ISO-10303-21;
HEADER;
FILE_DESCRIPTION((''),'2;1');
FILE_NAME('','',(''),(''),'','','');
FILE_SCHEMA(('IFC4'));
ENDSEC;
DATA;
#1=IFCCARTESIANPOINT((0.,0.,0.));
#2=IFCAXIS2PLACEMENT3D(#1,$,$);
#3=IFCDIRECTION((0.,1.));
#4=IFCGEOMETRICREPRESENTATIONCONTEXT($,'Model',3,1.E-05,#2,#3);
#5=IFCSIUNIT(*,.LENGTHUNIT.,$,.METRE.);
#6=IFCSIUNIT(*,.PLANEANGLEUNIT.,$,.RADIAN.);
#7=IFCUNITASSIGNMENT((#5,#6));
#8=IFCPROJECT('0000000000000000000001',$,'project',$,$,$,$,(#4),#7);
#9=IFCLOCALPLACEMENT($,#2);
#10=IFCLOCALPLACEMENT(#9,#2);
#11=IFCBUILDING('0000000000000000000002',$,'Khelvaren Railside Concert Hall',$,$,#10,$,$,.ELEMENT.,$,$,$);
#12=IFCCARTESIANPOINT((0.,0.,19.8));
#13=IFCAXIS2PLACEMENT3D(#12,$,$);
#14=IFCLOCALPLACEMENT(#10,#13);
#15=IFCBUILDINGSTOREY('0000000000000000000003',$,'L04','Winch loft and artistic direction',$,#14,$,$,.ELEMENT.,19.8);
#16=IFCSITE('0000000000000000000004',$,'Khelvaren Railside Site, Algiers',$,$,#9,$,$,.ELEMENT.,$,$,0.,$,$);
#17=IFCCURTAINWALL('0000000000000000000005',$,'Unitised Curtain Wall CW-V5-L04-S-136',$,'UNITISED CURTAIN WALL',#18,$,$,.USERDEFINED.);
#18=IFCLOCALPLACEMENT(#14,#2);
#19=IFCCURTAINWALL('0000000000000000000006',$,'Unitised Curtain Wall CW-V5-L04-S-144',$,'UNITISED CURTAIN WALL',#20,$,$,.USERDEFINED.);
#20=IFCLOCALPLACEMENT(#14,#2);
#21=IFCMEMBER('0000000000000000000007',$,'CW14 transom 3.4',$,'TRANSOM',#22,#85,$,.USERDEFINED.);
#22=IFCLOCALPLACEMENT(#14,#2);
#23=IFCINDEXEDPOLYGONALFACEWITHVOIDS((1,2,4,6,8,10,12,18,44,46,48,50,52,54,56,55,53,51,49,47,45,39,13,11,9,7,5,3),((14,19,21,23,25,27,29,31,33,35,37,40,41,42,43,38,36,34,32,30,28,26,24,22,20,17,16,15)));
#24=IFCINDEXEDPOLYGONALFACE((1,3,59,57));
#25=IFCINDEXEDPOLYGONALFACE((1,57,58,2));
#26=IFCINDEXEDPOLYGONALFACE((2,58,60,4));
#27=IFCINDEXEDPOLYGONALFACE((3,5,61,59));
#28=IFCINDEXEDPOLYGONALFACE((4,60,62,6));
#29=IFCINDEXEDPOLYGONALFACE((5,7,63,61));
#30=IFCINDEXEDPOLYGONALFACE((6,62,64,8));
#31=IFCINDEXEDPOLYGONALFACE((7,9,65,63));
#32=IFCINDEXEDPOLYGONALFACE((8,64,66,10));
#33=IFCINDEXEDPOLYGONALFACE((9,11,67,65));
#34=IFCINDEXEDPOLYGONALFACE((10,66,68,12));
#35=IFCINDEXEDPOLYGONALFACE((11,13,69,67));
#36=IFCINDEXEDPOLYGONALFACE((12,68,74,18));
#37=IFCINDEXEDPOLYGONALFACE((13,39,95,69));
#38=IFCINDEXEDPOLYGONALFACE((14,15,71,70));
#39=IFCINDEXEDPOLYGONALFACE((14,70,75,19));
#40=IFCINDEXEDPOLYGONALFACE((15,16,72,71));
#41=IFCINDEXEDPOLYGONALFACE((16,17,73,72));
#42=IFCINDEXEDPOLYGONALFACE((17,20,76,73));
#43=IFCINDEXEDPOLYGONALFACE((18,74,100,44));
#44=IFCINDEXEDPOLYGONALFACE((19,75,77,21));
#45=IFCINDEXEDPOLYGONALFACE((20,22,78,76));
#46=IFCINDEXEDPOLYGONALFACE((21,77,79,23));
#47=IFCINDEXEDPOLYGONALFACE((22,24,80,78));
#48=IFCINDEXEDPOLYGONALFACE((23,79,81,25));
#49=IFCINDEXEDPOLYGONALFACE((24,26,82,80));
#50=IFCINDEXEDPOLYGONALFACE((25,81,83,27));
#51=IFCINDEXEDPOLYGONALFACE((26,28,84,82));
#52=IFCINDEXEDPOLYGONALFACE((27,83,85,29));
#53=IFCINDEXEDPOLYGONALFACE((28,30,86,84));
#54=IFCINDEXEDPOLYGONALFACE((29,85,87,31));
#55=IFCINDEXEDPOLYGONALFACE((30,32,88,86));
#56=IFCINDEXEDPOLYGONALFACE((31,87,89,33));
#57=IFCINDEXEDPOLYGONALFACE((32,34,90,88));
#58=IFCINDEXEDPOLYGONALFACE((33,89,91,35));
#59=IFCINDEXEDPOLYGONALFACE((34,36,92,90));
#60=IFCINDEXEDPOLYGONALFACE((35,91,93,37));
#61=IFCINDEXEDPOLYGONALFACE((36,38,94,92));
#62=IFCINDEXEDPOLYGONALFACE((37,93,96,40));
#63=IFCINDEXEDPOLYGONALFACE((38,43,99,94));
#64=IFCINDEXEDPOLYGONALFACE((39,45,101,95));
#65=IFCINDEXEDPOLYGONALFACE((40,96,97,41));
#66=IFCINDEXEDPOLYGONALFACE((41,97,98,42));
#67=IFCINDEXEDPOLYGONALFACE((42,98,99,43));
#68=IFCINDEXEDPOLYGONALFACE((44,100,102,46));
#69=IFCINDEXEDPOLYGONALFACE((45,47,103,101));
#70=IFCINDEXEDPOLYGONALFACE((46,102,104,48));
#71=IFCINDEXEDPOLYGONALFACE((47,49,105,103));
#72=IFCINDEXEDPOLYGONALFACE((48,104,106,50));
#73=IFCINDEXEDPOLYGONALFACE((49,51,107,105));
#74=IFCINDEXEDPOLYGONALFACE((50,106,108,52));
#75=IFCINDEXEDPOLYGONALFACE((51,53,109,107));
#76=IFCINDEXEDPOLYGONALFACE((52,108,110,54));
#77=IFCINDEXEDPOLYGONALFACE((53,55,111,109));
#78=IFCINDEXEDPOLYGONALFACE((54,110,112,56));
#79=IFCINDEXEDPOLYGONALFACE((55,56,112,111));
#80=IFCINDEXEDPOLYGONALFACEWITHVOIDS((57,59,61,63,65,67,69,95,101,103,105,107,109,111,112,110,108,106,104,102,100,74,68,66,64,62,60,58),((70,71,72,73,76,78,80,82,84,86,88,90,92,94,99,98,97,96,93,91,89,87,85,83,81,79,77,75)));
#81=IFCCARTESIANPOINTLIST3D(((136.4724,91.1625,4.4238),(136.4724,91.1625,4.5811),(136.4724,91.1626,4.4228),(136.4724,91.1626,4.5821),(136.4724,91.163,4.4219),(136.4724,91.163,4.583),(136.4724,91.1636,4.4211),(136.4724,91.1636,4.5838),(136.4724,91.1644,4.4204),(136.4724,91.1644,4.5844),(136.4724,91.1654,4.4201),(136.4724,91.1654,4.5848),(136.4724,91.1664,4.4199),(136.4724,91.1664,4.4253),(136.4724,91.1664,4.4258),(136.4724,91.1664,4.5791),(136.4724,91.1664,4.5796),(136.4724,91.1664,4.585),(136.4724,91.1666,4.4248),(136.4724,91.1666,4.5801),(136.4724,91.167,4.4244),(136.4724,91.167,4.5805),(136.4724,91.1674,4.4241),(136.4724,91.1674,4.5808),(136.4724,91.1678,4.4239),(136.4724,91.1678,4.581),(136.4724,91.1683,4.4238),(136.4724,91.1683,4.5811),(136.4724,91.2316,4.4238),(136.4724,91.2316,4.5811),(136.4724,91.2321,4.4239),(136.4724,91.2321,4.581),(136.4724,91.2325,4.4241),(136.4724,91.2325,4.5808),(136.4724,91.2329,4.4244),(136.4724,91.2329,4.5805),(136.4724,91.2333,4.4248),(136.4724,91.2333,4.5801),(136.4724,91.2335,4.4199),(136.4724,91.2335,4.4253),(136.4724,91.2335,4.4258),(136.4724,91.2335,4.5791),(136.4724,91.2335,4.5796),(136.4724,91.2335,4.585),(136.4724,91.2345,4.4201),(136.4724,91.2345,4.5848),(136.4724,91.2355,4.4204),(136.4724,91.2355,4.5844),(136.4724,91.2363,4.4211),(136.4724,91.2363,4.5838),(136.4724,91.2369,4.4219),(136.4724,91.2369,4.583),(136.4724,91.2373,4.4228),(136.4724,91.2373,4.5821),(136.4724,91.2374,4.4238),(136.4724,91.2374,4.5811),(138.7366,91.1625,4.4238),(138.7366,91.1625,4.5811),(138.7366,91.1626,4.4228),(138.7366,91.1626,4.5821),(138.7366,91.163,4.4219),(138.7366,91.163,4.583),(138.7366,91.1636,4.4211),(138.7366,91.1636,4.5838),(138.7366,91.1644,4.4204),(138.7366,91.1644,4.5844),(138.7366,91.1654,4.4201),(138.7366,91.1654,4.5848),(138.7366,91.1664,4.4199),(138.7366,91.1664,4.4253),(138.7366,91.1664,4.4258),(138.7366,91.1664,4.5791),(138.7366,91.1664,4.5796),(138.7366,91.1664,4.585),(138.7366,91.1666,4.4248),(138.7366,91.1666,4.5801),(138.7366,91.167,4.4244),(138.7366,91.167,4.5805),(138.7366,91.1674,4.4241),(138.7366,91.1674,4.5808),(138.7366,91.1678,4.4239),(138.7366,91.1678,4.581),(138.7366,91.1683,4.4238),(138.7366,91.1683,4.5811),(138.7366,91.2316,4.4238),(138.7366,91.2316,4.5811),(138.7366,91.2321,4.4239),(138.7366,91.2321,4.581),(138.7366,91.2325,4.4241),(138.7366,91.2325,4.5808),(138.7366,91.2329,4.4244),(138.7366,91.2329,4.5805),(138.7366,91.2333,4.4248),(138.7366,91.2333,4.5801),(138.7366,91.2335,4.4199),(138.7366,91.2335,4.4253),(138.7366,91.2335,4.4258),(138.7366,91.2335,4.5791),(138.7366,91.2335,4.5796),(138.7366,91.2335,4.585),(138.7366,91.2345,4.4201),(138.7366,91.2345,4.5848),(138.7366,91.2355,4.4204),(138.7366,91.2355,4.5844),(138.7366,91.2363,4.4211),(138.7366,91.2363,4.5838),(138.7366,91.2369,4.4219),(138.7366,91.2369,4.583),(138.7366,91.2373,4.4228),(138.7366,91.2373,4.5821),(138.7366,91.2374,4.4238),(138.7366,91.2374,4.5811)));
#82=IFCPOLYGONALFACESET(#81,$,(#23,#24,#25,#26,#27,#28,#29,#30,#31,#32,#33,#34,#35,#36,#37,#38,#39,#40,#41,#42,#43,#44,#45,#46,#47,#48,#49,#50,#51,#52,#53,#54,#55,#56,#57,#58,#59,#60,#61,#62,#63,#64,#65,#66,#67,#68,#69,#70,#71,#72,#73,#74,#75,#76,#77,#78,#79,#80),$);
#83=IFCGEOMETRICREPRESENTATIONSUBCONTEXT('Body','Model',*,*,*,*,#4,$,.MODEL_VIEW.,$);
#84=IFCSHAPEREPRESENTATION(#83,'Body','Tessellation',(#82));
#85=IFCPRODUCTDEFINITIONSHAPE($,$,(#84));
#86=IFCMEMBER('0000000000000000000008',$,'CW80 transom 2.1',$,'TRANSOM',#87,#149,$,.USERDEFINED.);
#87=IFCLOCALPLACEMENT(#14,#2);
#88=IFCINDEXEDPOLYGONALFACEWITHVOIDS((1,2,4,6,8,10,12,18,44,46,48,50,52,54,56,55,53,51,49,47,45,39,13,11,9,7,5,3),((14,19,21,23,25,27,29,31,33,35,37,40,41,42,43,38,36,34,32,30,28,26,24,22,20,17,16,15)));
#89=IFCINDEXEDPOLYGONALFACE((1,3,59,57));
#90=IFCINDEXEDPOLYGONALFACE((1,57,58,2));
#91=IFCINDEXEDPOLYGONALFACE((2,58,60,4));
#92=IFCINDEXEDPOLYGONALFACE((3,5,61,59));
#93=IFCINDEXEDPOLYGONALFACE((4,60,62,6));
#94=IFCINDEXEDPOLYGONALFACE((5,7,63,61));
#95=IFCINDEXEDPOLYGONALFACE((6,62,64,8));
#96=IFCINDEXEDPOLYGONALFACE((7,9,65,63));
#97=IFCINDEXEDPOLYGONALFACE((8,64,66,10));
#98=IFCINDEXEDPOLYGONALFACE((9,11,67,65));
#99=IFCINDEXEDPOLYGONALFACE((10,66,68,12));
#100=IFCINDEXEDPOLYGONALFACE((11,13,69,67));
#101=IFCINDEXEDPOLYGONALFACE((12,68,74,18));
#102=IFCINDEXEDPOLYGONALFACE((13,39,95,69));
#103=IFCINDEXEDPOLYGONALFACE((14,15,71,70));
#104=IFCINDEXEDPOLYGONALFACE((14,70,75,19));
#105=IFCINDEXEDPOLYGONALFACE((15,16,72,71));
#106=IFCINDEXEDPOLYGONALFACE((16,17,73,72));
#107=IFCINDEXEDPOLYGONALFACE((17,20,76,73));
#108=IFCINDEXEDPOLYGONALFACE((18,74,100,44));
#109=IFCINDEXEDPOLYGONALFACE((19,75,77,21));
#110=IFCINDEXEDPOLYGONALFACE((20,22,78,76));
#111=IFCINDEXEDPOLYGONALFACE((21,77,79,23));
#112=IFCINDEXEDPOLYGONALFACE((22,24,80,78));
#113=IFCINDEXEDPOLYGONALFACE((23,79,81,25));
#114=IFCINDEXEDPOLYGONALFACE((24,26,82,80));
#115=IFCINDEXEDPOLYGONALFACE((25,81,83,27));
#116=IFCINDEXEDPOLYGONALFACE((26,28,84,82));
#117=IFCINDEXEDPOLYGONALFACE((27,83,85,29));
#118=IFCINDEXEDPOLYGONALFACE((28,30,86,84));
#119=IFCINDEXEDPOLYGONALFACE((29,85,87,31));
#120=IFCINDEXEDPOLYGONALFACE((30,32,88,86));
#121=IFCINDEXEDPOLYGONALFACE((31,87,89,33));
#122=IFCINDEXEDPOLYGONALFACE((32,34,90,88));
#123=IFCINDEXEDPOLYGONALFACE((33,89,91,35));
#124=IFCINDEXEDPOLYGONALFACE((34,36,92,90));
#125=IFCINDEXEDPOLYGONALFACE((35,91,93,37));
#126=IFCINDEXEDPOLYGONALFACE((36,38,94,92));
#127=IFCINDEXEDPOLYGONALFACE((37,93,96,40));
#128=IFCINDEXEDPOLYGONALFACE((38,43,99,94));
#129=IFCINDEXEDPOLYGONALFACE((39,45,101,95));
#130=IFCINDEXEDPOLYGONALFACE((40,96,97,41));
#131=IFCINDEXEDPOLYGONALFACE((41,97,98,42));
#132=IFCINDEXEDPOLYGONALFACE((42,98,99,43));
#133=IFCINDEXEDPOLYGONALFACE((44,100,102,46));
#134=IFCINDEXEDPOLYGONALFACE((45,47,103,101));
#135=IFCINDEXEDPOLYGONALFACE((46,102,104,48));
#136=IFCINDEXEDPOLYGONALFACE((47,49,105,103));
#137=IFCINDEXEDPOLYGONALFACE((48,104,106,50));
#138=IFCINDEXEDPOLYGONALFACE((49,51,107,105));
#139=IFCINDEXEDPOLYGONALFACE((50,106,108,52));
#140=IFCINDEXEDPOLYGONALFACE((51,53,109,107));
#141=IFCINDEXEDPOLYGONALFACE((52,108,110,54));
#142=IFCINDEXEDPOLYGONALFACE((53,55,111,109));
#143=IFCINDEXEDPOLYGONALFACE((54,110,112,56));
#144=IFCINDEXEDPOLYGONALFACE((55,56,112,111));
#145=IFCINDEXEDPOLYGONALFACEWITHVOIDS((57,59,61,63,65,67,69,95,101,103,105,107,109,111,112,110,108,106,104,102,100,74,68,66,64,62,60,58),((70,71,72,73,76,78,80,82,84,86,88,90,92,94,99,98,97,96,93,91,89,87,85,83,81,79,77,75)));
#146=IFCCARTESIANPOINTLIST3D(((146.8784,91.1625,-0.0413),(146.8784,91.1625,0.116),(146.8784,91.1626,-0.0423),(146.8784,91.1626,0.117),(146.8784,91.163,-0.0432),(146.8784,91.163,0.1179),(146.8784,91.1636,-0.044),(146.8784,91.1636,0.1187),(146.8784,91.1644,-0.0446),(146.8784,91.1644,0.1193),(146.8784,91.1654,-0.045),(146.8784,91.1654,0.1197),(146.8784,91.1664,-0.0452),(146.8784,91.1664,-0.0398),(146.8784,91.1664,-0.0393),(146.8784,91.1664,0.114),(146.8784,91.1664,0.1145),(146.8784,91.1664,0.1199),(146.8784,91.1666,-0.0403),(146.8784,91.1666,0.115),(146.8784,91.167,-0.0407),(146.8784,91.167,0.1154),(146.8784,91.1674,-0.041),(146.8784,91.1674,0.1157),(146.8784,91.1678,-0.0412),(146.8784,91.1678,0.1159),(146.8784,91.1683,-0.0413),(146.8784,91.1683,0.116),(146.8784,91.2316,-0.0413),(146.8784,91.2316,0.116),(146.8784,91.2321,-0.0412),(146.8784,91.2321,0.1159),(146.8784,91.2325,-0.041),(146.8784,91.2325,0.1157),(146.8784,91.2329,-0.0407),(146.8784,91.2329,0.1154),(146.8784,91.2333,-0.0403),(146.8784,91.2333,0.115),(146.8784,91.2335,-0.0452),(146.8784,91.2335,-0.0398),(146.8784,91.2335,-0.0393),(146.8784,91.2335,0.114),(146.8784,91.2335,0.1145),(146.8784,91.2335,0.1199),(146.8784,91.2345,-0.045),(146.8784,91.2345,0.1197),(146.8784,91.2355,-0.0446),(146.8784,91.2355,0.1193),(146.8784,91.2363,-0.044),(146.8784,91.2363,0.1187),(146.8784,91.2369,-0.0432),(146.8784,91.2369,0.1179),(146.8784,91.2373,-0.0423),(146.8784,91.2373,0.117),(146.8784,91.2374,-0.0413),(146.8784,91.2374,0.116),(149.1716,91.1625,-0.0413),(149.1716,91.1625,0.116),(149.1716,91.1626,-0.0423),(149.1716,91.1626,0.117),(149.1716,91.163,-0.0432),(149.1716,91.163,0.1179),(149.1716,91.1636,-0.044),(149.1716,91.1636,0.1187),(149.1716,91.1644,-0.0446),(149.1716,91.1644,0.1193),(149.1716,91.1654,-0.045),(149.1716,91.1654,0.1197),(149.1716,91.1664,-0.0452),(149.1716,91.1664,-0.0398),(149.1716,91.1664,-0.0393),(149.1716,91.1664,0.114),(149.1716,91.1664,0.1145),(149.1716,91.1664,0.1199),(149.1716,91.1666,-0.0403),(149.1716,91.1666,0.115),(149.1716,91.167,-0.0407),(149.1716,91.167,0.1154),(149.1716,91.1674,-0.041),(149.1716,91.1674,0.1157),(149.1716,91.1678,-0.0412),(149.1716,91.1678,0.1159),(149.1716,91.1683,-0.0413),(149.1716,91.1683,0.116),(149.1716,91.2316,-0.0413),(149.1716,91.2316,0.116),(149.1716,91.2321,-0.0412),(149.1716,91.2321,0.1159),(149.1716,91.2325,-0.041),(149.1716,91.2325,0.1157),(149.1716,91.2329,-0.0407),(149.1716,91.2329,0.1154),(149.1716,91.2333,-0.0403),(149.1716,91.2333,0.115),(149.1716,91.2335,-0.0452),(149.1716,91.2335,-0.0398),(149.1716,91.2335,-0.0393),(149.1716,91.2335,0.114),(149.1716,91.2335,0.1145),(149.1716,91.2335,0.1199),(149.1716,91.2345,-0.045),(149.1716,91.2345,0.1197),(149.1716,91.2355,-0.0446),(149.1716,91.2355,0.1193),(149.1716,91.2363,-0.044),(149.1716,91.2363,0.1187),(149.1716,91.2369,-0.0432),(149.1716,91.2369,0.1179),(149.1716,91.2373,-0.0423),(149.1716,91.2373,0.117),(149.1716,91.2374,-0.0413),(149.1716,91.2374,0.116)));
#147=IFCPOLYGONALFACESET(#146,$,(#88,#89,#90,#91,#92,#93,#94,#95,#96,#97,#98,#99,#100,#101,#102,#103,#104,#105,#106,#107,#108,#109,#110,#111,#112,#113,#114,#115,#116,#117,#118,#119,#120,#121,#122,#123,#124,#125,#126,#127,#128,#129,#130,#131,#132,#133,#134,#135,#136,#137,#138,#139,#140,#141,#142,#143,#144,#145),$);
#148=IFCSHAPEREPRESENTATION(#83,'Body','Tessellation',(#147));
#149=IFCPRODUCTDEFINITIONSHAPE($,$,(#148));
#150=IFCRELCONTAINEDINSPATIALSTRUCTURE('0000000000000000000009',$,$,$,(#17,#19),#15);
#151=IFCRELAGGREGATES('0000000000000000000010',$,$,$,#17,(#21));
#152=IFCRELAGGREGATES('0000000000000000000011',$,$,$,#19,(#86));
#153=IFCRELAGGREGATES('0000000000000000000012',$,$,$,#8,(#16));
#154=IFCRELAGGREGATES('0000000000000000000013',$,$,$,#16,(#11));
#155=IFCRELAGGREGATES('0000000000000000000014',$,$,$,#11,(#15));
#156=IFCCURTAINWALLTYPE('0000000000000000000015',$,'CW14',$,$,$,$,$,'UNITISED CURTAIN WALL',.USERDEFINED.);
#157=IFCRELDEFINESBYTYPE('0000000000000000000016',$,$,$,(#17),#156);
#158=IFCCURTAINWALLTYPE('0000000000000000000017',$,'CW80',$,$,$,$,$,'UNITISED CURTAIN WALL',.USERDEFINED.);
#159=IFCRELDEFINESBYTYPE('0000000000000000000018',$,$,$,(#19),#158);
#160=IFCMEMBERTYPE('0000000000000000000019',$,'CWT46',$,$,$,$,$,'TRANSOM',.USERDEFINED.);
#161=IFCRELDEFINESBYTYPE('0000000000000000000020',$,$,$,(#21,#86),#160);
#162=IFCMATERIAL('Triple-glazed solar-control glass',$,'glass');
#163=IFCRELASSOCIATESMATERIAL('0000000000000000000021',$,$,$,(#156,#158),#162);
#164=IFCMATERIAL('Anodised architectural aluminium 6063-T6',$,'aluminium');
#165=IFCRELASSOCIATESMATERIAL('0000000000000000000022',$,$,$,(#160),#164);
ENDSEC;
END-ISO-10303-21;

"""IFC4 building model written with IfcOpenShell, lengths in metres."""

from ifc_helpers import new_model, si_unit, direction, frame, origin, origin_2d, place, context, subcontext, project, spatial, hollow_rectangle, extrude, material, material_profile, profile_set, type_object, element, aggregate, save


model = new_model("IFC4")

# Units and contexts
model_context = context("Model", 3, precision=1e-05, world=origin(), true_north=direction((0.0, 1.0)))
body_context = subcontext(model_context, "Body", "Model", "MODEL_VIEW")
ifc_project = project(units=[si_unit("LENGTHUNIT", "METRE"), si_unit("PLANEANGLEUNIT", "RADIAN")], contexts=[model_context])

# Site, building, storey
site_placement = place(None, origin())
site = spatial("IfcSite", under=ifc_project, at=site_placement, Name="Khelvaren Railside Site, Algiers", CompositionType="ELEMENT", RefElevation=0.0)
building_placement = place(site_placement, origin())
building = spatial("IfcBuilding", under=site, at=building_placement, Name="Khelvaren Railside Concert Hall", CompositionType="ELEMENT")
storey_placement = place(building_placement, frame((0.0, 0.0, 19.8)))
storey = spatial("IfcBuildingStorey", under=building, at=storey_placement, Name="L04", Description="Winch loft and artistic direction", CompositionType="ELEMENT", Elevation=19.8)

# Curtain walls
ifc_material_1 = material(Name="Triple-glazed solar-control glass", Category="glass")
curtain_wall_type_1 = type_object("IfcCurtainWallType", Name="CW14", ElementType="UNITISED CURTAIN WALL", PredefinedType="USERDEFINED", material=ifc_material_1)
curtain_wall_1_placement = place(storey_placement, origin())
curtain_wall_1 = element("IfcCurtainWall", 1, at=curtain_wall_1_placement, inside=storey, type_object=curtain_wall_type_1, Name="Unitised Curtain Wall CW-V5-L04-S-136", ObjectType="UNITISED CURTAIN WALL", PredefinedType="USERDEFINED")
ifc_material_2 = material(Name="Anodised architectural aluminium 6063-T6", Category="aluminium")
curtain_wall_type_2 = type_object("IfcCurtainWallType", Name="CW80", ElementType="UNITISED CURTAIN WALL", PredefinedType="USERDEFINED", material=ifc_material_1)
curtain_wall_2_placement = place(storey_placement, origin())
curtain_wall_2 = element("IfcCurtainWall", 2, at=curtain_wall_2_placement, inside=storey, type_object=curtain_wall_type_2, Name="Unitised Curtain Wall CW-V5-L04-S-144", ObjectType="UNITISED CURTAIN WALL", PredefinedType="USERDEFINED")

# Members
ifc_material_profile_1 = material_profile(ifc_material_2, hollow_rectangle(XDim=0.075, YDim=0.165, WallThickness=0.0039, InnerFilletRadius=0.002, OuterFilletRadius=0.0039, at=origin_2d()), Name="CWT 75x165x4")
ifc_profile_set_1 = profile_set([ifc_material_profile_1], Name="Anodised architectural aluminium 6063-T6")
member_type_1 = type_object("IfcMemberType", Name="CWT46", ElementType="TRANSOM", PredefinedType="USERDEFINED", material=ifc_profile_set_1)
member_1_placement = place(storey_placement, frame((138.7366, 91.2, 4.5024), z_axis=(-1.0, 0.0, 0.0), x_axis=(0.0, -1.0, 0.0)))
member_1 = element("IfcMember", 3, at=member_1_placement, type_object=member_type_1, Name="CW14 transom 3.4", ObjectType="TRANSOM", PredefinedType="USERDEFINED", context=body_context, shape_type="SweptSolid", body=[
    extrude(hollow_rectangle(XDim=0.075, YDim=0.165, WallThickness=0.0039, InnerFilletRadius=0.002, OuterFilletRadius=0.0039, at=origin_2d()), origin(), (0.0, 0.0, 1.0), 2.2642),
])
member_2_placement = place(storey_placement, frame((149.1716, 91.2, 0.0374), z_axis=(-1.0, 0.0, 0.0), x_axis=(0.0, -1.0, 0.0)))
member_2 = element("IfcMember", 4, at=member_2_placement, type_object=member_type_1, Name="CW80 transom 2.1", ObjectType="TRANSOM", PredefinedType="USERDEFINED", context=body_context, shape_type="SweptSolid", body=[
    extrude(hollow_rectangle(XDim=0.075, YDim=0.165, WallThickness=0.0039, InnerFilletRadius=0.002, OuterFilletRadius=0.0039, at=origin_2d()), origin(), (0.0, 0.0, 1.0), 2.2932),
])

aggregate(curtain_wall_1, [member_1])
aggregate(curtain_wall_2, [member_2])

save(model, "model.ifc")
